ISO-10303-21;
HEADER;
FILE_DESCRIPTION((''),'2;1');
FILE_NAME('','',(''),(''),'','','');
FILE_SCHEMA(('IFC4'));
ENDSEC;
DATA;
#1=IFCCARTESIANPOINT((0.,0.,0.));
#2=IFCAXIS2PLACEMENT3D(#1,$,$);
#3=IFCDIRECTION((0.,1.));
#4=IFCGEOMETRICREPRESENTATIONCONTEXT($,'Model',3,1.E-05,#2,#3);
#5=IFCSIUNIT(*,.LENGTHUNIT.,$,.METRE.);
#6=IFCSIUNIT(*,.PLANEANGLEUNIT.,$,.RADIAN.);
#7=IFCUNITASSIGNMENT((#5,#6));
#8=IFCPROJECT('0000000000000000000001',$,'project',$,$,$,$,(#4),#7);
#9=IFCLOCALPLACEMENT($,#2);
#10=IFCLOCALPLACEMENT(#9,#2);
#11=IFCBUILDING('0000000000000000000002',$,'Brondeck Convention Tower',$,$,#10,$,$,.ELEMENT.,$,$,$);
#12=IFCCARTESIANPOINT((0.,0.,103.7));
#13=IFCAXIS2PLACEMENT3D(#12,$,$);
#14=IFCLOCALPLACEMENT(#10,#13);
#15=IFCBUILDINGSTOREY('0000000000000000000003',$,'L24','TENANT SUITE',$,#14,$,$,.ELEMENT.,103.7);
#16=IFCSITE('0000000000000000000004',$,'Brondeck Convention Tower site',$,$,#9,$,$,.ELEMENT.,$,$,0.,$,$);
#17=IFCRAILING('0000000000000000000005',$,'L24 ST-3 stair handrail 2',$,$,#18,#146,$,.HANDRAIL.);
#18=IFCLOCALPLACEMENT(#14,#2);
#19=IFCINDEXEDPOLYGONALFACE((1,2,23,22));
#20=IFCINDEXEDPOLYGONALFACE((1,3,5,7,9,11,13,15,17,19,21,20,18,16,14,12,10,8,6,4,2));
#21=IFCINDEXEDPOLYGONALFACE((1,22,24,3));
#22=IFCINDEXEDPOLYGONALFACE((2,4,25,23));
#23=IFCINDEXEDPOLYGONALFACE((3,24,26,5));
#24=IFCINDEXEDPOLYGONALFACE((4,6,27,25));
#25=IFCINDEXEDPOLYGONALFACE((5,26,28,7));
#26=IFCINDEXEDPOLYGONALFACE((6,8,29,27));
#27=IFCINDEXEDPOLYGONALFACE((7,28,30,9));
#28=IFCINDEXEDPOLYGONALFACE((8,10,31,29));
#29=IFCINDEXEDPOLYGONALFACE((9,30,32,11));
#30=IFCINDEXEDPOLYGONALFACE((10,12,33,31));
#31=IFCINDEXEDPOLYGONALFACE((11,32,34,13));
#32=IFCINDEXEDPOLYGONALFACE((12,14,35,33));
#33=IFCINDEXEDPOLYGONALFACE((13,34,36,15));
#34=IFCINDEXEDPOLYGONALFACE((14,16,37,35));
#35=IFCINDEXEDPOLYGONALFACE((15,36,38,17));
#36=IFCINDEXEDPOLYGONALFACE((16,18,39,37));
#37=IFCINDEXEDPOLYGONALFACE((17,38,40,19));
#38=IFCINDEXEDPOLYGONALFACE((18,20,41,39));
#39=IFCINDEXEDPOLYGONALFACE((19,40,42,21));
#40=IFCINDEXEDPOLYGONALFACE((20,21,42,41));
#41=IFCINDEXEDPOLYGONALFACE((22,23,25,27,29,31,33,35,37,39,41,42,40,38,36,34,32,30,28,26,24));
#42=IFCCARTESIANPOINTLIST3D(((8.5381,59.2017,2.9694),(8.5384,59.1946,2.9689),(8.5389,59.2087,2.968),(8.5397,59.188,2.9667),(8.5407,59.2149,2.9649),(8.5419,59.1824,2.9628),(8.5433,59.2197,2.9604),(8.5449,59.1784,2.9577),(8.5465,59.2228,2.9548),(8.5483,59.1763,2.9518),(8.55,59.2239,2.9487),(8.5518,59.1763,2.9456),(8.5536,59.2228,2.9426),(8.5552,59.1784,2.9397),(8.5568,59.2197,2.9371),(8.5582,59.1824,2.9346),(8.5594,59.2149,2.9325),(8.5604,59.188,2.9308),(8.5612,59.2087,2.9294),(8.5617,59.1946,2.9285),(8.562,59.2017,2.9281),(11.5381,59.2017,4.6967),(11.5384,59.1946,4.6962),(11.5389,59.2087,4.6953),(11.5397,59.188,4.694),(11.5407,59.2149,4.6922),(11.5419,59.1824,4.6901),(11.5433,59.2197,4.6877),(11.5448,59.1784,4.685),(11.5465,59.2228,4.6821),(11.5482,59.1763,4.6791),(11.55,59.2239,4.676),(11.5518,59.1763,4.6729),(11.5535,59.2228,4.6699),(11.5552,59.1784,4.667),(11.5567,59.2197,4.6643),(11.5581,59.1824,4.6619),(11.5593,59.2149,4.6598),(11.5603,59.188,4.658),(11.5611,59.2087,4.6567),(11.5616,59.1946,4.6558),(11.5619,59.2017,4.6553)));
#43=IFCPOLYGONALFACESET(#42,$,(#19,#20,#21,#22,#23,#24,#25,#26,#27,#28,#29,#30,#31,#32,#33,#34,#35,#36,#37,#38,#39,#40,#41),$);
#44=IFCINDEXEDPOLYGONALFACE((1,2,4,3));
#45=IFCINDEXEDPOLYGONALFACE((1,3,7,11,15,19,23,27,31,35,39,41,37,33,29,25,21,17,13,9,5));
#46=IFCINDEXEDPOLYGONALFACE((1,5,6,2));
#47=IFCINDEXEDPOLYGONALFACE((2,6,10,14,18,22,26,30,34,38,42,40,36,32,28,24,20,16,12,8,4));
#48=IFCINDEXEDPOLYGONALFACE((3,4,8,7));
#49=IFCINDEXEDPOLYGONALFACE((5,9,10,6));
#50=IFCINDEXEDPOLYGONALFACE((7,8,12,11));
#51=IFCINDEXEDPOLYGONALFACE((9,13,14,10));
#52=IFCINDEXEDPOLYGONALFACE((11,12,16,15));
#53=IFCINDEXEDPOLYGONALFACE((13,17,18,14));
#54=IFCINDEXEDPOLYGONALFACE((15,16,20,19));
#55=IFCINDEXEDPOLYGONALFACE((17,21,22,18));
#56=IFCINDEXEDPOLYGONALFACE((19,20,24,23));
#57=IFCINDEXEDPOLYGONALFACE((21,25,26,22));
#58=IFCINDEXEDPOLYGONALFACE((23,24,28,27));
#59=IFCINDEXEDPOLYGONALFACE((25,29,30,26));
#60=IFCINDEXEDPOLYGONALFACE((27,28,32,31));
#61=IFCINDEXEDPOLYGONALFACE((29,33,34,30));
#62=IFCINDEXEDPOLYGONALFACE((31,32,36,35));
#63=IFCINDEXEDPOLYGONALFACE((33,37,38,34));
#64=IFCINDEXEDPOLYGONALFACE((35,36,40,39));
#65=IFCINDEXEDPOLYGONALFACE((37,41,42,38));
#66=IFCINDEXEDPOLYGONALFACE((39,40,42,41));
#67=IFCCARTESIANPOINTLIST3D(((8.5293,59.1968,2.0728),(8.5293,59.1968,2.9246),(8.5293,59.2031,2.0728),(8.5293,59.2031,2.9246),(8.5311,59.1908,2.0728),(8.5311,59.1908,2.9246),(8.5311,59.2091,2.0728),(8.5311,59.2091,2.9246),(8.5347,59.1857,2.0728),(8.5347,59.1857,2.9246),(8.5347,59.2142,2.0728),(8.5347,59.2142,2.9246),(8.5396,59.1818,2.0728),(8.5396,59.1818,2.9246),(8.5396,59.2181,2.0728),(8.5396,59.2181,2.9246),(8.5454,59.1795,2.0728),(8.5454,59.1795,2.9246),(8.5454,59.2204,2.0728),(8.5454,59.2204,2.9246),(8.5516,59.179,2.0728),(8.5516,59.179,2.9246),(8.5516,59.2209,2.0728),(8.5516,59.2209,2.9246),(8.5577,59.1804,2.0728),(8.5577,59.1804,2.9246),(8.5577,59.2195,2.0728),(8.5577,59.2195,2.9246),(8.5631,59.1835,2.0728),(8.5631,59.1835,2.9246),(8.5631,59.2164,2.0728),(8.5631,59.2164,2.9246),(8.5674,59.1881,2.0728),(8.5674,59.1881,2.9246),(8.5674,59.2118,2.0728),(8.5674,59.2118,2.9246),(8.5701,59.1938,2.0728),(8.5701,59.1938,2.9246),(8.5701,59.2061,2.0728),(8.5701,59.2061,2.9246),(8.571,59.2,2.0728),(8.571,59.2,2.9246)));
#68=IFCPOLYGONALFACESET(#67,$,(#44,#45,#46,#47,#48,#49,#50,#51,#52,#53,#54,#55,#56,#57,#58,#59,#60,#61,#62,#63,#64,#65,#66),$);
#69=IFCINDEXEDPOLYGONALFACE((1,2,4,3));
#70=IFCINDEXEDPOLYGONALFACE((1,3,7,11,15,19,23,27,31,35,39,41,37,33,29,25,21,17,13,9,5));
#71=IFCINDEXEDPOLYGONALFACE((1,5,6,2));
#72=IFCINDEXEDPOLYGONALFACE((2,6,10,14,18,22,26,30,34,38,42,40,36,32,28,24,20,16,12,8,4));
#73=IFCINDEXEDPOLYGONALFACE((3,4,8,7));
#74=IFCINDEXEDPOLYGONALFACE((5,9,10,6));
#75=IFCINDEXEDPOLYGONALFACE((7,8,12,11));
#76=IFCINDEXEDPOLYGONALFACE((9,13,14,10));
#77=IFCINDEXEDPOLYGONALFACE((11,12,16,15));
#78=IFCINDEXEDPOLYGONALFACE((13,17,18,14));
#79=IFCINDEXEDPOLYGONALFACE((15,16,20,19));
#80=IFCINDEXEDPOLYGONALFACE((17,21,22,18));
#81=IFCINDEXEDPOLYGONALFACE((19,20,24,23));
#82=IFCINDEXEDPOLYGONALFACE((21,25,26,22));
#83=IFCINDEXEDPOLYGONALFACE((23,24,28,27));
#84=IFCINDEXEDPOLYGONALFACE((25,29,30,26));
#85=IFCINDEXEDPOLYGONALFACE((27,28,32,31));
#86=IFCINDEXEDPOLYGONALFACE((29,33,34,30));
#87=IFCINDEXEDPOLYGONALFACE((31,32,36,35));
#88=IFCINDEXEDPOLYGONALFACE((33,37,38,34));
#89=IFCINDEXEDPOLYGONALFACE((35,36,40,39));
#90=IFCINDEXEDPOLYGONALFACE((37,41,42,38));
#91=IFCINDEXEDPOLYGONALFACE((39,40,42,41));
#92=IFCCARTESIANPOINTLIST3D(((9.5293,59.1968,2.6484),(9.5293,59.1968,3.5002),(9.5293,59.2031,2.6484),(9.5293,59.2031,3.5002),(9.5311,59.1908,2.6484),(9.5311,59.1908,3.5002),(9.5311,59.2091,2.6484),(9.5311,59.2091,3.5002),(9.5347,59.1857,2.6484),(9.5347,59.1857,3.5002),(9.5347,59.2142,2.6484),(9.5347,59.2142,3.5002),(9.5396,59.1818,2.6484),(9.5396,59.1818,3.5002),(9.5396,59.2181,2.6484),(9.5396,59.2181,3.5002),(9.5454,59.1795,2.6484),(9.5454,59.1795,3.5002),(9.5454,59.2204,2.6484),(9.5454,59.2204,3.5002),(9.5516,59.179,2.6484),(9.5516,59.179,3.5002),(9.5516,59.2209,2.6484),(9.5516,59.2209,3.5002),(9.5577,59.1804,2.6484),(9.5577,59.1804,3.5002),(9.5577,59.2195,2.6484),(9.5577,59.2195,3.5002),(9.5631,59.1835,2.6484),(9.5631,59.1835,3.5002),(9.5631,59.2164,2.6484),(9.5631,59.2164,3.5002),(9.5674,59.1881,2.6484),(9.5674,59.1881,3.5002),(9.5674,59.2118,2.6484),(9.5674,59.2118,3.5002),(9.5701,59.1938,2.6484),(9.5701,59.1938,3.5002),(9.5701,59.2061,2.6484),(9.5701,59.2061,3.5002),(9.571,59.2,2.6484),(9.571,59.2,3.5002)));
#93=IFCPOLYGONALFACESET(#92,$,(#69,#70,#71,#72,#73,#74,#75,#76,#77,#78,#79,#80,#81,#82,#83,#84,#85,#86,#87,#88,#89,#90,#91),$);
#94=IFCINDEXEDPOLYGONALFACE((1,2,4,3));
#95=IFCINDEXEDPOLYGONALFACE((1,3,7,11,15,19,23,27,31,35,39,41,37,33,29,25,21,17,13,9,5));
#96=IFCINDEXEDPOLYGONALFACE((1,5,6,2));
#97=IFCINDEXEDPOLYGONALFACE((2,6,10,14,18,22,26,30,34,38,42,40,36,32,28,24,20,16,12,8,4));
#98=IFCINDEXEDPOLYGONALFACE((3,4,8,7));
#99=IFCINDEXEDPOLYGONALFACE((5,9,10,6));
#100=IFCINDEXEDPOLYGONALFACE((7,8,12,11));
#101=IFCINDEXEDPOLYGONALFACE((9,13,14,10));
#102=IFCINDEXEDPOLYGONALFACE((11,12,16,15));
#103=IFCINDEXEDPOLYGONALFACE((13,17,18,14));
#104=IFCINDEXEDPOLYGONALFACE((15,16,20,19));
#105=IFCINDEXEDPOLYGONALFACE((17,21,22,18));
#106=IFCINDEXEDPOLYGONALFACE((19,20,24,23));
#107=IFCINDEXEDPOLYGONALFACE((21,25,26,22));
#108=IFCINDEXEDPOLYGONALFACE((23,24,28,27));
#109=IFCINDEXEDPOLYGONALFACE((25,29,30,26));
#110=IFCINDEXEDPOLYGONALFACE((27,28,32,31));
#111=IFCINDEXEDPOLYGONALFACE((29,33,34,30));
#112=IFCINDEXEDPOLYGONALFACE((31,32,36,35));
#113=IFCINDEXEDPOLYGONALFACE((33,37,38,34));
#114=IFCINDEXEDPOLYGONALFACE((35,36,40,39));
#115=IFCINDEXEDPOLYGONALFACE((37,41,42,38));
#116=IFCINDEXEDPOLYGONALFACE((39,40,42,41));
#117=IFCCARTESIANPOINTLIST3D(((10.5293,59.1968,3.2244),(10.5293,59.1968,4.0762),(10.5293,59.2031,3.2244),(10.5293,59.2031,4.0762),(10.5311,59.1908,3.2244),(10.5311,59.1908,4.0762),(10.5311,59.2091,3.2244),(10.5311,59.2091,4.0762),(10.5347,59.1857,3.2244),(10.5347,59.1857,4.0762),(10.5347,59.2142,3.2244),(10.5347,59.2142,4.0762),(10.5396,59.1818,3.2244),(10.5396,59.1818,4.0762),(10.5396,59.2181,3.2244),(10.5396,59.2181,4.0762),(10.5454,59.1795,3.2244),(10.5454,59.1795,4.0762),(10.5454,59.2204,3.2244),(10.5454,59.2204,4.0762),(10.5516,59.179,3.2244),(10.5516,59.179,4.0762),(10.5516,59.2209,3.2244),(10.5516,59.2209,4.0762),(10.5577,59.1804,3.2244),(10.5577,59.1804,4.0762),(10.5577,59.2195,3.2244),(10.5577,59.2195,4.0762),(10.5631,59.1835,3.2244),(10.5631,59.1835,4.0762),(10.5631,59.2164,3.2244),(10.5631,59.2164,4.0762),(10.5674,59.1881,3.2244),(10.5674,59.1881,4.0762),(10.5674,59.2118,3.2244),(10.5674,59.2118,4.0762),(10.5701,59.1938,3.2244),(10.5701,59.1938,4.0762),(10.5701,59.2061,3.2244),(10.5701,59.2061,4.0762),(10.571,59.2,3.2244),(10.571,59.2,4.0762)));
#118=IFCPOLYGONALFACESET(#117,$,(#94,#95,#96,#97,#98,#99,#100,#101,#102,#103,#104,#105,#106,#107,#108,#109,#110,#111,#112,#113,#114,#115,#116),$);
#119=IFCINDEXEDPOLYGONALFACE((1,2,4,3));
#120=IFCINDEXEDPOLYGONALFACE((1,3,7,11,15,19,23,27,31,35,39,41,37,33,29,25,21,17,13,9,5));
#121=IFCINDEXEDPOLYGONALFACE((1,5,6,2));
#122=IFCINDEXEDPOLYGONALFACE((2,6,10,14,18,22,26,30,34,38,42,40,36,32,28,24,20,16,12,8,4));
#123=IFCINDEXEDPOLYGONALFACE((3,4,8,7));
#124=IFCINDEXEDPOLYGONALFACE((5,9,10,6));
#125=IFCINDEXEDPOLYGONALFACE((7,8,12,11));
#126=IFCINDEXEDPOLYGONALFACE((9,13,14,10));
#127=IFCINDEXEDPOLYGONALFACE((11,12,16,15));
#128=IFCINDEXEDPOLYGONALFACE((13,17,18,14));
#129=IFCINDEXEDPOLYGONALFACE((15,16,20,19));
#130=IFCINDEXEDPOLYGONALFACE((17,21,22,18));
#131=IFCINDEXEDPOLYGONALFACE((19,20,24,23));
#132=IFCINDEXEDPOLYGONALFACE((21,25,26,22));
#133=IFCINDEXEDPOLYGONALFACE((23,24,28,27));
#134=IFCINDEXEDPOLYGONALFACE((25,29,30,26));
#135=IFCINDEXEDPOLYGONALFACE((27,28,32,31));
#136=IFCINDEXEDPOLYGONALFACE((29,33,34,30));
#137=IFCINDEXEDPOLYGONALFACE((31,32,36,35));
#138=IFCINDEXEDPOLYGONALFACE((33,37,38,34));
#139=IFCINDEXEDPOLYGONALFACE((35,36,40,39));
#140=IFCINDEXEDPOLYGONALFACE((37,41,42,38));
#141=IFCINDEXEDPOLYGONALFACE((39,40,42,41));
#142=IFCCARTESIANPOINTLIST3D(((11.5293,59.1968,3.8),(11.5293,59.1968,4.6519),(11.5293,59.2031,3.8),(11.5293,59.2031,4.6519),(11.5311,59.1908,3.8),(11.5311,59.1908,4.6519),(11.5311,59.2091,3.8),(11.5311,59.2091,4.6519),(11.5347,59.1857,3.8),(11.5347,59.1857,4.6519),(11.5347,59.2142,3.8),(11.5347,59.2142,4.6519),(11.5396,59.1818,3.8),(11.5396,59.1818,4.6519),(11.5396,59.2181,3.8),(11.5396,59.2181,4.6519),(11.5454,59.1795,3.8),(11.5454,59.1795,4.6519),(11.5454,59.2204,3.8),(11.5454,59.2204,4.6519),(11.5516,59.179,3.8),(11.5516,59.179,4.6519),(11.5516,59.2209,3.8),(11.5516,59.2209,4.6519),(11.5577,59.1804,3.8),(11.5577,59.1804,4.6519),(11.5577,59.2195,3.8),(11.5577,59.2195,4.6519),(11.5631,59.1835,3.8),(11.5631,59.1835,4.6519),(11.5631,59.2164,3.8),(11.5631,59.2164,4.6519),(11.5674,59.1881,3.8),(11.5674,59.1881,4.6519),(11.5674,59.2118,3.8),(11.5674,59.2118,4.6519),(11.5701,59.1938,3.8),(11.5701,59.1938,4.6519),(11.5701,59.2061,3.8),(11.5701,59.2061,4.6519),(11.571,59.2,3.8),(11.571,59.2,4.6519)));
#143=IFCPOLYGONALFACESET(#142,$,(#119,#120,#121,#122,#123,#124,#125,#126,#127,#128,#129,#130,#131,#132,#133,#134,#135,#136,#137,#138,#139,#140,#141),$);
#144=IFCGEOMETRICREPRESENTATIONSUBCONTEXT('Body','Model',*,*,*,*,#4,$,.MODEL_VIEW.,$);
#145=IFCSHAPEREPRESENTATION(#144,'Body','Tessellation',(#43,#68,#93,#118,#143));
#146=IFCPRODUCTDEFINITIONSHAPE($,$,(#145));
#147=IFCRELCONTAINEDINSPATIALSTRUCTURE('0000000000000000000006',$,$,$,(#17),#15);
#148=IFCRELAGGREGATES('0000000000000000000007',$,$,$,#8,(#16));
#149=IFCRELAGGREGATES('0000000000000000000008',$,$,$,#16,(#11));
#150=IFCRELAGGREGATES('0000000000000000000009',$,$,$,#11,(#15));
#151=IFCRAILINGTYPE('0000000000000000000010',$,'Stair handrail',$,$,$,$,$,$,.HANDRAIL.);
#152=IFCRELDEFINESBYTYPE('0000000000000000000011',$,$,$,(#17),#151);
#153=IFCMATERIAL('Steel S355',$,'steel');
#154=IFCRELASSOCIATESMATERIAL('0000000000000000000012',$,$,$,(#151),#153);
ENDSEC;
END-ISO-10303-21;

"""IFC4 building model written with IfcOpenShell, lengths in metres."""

from ifc_helpers import new_model, si_unit, direction, frame, origin, origin_2d, place, context, subcontext, project, spatial, circle, extrude, material, type_object, element, save


model = new_model("IFC4")

# Units and contexts
model_context = context("Model", 3, precision=1e-05, world=origin(), true_north=direction((0.0, 1.0)))
body_context = subcontext(model_context, "Body", "Model", "MODEL_VIEW")
ifc_project = project(units=[si_unit("LENGTHUNIT", "METRE"), si_unit("PLANEANGLEUNIT", "RADIAN")], contexts=[model_context])

# Site, building, storey
site_placement = place(None, origin())
site = spatial("IfcSite", under=ifc_project, at=site_placement, Name="Brondeck Convention Tower site", CompositionType="ELEMENT", RefElevation=0.0)
building_placement = place(site_placement, origin())
building = spatial("IfcBuilding", under=site, at=building_placement, Name="Brondeck Convention Tower", CompositionType="ELEMENT")
storey_placement = place(building_placement, frame((0.0, 0.0, 103.7)))
storey = spatial("IfcBuildingStorey", under=building, at=storey_placement, Name="L24", Description="TENANT SUITE", CompositionType="ELEMENT", Elevation=103.7)

# Railing
ifc_material_1 = material(Name="Steel S355", Category="steel")
railing_type_1 = type_object("IfcRailingType", Name="Stair handrail", PredefinedType="HANDRAIL", material=ifc_material_1)
railing_1_placement = place(storey_placement, frame((8.55, 59.2, 2.0728)))
element("IfcRailing", 1, at=railing_1_placement, inside=storey, type_object=railing_type_1, Name="L24 ST-3 stair handrail 2", PredefinedType="HANDRAIL", context=body_context, shape_type="SweptSolid", body=[
    extrude(circle(Radius=0.0239, at=origin_2d()), frame((0.0, 0.0, 0.876), z_axis=(0.86662, 0.0, 0.498969), x_axis=(0.0, 1.0, 0.0)), (0.0, 0.0, 1.0), 3.4617),
    extrude(circle(Radius=0.021, at=origin_2d()), origin(), (0.0, 0.0, 1.0), 0.8518),
    extrude(circle(Radius=0.021, at=origin_2d()), frame((1.0, 0.0, 0.5757)), (0.0, 0.0, 1.0), 0.8518),
    extrude(circle(Radius=0.021, at=origin_2d()), frame((2.0, 0.0, 1.1516)), (0.0, 0.0, 1.0), 0.8518),
    extrude(circle(Radius=0.021, at=origin_2d()), frame((3.0, 0.0, 1.7273)), (0.0, 0.0, 1.0), 0.8518),
])

save(model, "model.ifc")
